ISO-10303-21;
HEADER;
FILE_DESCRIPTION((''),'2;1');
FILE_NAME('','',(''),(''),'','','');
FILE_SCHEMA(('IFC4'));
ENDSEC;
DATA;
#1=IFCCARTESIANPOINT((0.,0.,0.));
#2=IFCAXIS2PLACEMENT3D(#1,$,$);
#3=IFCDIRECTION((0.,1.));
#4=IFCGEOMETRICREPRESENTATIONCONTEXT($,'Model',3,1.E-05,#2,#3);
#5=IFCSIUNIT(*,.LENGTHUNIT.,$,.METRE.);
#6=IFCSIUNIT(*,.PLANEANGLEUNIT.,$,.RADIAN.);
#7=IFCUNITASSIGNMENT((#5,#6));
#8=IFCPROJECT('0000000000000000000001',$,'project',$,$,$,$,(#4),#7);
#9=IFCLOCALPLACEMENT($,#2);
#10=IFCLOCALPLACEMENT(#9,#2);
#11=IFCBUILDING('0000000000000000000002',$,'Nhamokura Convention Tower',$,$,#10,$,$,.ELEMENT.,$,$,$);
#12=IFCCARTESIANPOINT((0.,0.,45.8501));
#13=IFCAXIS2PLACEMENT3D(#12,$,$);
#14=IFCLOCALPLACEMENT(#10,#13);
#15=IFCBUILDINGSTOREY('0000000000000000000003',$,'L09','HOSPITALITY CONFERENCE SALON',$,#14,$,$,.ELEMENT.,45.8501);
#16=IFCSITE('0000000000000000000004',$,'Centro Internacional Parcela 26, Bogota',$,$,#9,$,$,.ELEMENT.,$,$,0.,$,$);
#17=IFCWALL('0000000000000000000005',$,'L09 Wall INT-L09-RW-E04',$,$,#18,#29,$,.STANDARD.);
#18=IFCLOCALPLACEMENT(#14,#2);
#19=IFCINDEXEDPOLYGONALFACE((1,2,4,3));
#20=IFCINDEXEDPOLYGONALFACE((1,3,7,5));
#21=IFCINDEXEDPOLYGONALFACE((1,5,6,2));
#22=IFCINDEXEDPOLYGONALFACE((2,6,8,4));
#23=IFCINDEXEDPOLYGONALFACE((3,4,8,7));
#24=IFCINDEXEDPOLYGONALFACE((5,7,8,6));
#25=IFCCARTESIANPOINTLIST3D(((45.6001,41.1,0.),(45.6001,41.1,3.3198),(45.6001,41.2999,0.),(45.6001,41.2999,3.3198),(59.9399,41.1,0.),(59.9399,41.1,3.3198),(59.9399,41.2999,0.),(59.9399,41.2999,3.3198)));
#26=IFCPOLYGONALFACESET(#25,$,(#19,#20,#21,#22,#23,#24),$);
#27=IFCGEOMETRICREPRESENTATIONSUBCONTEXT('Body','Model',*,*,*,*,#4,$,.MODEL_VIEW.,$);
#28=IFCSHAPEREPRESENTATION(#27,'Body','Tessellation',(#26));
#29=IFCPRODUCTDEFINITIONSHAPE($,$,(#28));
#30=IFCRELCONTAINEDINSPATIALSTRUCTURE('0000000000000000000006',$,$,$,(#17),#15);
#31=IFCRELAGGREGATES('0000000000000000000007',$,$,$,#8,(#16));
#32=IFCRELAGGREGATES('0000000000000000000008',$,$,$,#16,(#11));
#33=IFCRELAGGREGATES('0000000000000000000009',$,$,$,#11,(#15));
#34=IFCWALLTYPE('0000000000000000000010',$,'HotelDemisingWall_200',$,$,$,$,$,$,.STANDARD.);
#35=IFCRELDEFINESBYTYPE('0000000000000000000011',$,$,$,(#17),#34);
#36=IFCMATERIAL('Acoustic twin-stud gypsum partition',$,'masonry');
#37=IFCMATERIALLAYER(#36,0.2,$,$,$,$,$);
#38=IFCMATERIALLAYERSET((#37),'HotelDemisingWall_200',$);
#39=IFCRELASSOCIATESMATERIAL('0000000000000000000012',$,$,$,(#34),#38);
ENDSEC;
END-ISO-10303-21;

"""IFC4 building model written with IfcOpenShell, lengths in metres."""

from ifc_helpers import new_model, si_unit, direction, frame, frame_2d, origin, place, context, subcontext, project, spatial, rectangle, extrude, material, layer, layer_set, type_object, element, save


model = new_model("IFC4")

# Units and contexts
model_context = context("Model", 3, precision=1e-05, world=origin(), true_north=direction((0.0, 1.0)))
body_context = subcontext(model_context, "Body", "Model", "MODEL_VIEW")
ifc_project = project(units=[si_unit("LENGTHUNIT", "METRE"), si_unit("PLANEANGLEUNIT", "RADIAN")], contexts=[model_context])

# Site, building, storey
site_placement = place(None, origin())
site = spatial("IfcSite", under=ifc_project, at=site_placement, Name="Centro Internacional Parcela 26, Bogota", CompositionType="ELEMENT", RefElevation=0.0)
building_placement = place(site_placement, origin())
building = spatial("IfcBuilding", under=site, at=building_placement, Name="Nhamokura Convention Tower", CompositionType="ELEMENT")
storey_placement = place(building_placement, frame((0.0, 0.0, 45.8501)))
storey = spatial("IfcBuildingStorey", under=building, at=storey_placement, Name="L09", Description="HOSPITALITY CONFERENCE SALON", CompositionType="ELEMENT", Elevation=45.8501)

# Wall
ifc_material_1 = material(Name="Acoustic twin-stud gypsum partition", Category="masonry")
ifc_layer_1 = layer(ifc_material_1, 0.2)
ifc_layer_set_1 = layer_set([ifc_layer_1], Name="HotelDemisingWall_200")
wall_type_1 = type_object("IfcWallType", Name="HotelDemisingWall_200", PredefinedType="STANDARD", material=ifc_layer_set_1)
for number, where, z_axis, x_axis, name in (
    (1, (45.6001, 41.2, 0.0), (0.0, 0.0, 1.0), (1.0, 0.0, 0.0), "L09 Wall INT-L09-RW-E04"),
):
    element("IfcWall", number, at=place(storey_placement, frame(where, z_axis=z_axis, x_axis=x_axis)), inside=storey, type_object=wall_type_1, Name=name, PredefinedType="STANDARD", context=body_context, shape_type="SweptSolid", body=[
        extrude(rectangle(XDim=14.3398, YDim=0.2, at=frame_2d((7.1699, 0.0))), origin(), (0.0, 0.0, 1.0), 3.3198),
    ])

save(model, "model.ifc")
